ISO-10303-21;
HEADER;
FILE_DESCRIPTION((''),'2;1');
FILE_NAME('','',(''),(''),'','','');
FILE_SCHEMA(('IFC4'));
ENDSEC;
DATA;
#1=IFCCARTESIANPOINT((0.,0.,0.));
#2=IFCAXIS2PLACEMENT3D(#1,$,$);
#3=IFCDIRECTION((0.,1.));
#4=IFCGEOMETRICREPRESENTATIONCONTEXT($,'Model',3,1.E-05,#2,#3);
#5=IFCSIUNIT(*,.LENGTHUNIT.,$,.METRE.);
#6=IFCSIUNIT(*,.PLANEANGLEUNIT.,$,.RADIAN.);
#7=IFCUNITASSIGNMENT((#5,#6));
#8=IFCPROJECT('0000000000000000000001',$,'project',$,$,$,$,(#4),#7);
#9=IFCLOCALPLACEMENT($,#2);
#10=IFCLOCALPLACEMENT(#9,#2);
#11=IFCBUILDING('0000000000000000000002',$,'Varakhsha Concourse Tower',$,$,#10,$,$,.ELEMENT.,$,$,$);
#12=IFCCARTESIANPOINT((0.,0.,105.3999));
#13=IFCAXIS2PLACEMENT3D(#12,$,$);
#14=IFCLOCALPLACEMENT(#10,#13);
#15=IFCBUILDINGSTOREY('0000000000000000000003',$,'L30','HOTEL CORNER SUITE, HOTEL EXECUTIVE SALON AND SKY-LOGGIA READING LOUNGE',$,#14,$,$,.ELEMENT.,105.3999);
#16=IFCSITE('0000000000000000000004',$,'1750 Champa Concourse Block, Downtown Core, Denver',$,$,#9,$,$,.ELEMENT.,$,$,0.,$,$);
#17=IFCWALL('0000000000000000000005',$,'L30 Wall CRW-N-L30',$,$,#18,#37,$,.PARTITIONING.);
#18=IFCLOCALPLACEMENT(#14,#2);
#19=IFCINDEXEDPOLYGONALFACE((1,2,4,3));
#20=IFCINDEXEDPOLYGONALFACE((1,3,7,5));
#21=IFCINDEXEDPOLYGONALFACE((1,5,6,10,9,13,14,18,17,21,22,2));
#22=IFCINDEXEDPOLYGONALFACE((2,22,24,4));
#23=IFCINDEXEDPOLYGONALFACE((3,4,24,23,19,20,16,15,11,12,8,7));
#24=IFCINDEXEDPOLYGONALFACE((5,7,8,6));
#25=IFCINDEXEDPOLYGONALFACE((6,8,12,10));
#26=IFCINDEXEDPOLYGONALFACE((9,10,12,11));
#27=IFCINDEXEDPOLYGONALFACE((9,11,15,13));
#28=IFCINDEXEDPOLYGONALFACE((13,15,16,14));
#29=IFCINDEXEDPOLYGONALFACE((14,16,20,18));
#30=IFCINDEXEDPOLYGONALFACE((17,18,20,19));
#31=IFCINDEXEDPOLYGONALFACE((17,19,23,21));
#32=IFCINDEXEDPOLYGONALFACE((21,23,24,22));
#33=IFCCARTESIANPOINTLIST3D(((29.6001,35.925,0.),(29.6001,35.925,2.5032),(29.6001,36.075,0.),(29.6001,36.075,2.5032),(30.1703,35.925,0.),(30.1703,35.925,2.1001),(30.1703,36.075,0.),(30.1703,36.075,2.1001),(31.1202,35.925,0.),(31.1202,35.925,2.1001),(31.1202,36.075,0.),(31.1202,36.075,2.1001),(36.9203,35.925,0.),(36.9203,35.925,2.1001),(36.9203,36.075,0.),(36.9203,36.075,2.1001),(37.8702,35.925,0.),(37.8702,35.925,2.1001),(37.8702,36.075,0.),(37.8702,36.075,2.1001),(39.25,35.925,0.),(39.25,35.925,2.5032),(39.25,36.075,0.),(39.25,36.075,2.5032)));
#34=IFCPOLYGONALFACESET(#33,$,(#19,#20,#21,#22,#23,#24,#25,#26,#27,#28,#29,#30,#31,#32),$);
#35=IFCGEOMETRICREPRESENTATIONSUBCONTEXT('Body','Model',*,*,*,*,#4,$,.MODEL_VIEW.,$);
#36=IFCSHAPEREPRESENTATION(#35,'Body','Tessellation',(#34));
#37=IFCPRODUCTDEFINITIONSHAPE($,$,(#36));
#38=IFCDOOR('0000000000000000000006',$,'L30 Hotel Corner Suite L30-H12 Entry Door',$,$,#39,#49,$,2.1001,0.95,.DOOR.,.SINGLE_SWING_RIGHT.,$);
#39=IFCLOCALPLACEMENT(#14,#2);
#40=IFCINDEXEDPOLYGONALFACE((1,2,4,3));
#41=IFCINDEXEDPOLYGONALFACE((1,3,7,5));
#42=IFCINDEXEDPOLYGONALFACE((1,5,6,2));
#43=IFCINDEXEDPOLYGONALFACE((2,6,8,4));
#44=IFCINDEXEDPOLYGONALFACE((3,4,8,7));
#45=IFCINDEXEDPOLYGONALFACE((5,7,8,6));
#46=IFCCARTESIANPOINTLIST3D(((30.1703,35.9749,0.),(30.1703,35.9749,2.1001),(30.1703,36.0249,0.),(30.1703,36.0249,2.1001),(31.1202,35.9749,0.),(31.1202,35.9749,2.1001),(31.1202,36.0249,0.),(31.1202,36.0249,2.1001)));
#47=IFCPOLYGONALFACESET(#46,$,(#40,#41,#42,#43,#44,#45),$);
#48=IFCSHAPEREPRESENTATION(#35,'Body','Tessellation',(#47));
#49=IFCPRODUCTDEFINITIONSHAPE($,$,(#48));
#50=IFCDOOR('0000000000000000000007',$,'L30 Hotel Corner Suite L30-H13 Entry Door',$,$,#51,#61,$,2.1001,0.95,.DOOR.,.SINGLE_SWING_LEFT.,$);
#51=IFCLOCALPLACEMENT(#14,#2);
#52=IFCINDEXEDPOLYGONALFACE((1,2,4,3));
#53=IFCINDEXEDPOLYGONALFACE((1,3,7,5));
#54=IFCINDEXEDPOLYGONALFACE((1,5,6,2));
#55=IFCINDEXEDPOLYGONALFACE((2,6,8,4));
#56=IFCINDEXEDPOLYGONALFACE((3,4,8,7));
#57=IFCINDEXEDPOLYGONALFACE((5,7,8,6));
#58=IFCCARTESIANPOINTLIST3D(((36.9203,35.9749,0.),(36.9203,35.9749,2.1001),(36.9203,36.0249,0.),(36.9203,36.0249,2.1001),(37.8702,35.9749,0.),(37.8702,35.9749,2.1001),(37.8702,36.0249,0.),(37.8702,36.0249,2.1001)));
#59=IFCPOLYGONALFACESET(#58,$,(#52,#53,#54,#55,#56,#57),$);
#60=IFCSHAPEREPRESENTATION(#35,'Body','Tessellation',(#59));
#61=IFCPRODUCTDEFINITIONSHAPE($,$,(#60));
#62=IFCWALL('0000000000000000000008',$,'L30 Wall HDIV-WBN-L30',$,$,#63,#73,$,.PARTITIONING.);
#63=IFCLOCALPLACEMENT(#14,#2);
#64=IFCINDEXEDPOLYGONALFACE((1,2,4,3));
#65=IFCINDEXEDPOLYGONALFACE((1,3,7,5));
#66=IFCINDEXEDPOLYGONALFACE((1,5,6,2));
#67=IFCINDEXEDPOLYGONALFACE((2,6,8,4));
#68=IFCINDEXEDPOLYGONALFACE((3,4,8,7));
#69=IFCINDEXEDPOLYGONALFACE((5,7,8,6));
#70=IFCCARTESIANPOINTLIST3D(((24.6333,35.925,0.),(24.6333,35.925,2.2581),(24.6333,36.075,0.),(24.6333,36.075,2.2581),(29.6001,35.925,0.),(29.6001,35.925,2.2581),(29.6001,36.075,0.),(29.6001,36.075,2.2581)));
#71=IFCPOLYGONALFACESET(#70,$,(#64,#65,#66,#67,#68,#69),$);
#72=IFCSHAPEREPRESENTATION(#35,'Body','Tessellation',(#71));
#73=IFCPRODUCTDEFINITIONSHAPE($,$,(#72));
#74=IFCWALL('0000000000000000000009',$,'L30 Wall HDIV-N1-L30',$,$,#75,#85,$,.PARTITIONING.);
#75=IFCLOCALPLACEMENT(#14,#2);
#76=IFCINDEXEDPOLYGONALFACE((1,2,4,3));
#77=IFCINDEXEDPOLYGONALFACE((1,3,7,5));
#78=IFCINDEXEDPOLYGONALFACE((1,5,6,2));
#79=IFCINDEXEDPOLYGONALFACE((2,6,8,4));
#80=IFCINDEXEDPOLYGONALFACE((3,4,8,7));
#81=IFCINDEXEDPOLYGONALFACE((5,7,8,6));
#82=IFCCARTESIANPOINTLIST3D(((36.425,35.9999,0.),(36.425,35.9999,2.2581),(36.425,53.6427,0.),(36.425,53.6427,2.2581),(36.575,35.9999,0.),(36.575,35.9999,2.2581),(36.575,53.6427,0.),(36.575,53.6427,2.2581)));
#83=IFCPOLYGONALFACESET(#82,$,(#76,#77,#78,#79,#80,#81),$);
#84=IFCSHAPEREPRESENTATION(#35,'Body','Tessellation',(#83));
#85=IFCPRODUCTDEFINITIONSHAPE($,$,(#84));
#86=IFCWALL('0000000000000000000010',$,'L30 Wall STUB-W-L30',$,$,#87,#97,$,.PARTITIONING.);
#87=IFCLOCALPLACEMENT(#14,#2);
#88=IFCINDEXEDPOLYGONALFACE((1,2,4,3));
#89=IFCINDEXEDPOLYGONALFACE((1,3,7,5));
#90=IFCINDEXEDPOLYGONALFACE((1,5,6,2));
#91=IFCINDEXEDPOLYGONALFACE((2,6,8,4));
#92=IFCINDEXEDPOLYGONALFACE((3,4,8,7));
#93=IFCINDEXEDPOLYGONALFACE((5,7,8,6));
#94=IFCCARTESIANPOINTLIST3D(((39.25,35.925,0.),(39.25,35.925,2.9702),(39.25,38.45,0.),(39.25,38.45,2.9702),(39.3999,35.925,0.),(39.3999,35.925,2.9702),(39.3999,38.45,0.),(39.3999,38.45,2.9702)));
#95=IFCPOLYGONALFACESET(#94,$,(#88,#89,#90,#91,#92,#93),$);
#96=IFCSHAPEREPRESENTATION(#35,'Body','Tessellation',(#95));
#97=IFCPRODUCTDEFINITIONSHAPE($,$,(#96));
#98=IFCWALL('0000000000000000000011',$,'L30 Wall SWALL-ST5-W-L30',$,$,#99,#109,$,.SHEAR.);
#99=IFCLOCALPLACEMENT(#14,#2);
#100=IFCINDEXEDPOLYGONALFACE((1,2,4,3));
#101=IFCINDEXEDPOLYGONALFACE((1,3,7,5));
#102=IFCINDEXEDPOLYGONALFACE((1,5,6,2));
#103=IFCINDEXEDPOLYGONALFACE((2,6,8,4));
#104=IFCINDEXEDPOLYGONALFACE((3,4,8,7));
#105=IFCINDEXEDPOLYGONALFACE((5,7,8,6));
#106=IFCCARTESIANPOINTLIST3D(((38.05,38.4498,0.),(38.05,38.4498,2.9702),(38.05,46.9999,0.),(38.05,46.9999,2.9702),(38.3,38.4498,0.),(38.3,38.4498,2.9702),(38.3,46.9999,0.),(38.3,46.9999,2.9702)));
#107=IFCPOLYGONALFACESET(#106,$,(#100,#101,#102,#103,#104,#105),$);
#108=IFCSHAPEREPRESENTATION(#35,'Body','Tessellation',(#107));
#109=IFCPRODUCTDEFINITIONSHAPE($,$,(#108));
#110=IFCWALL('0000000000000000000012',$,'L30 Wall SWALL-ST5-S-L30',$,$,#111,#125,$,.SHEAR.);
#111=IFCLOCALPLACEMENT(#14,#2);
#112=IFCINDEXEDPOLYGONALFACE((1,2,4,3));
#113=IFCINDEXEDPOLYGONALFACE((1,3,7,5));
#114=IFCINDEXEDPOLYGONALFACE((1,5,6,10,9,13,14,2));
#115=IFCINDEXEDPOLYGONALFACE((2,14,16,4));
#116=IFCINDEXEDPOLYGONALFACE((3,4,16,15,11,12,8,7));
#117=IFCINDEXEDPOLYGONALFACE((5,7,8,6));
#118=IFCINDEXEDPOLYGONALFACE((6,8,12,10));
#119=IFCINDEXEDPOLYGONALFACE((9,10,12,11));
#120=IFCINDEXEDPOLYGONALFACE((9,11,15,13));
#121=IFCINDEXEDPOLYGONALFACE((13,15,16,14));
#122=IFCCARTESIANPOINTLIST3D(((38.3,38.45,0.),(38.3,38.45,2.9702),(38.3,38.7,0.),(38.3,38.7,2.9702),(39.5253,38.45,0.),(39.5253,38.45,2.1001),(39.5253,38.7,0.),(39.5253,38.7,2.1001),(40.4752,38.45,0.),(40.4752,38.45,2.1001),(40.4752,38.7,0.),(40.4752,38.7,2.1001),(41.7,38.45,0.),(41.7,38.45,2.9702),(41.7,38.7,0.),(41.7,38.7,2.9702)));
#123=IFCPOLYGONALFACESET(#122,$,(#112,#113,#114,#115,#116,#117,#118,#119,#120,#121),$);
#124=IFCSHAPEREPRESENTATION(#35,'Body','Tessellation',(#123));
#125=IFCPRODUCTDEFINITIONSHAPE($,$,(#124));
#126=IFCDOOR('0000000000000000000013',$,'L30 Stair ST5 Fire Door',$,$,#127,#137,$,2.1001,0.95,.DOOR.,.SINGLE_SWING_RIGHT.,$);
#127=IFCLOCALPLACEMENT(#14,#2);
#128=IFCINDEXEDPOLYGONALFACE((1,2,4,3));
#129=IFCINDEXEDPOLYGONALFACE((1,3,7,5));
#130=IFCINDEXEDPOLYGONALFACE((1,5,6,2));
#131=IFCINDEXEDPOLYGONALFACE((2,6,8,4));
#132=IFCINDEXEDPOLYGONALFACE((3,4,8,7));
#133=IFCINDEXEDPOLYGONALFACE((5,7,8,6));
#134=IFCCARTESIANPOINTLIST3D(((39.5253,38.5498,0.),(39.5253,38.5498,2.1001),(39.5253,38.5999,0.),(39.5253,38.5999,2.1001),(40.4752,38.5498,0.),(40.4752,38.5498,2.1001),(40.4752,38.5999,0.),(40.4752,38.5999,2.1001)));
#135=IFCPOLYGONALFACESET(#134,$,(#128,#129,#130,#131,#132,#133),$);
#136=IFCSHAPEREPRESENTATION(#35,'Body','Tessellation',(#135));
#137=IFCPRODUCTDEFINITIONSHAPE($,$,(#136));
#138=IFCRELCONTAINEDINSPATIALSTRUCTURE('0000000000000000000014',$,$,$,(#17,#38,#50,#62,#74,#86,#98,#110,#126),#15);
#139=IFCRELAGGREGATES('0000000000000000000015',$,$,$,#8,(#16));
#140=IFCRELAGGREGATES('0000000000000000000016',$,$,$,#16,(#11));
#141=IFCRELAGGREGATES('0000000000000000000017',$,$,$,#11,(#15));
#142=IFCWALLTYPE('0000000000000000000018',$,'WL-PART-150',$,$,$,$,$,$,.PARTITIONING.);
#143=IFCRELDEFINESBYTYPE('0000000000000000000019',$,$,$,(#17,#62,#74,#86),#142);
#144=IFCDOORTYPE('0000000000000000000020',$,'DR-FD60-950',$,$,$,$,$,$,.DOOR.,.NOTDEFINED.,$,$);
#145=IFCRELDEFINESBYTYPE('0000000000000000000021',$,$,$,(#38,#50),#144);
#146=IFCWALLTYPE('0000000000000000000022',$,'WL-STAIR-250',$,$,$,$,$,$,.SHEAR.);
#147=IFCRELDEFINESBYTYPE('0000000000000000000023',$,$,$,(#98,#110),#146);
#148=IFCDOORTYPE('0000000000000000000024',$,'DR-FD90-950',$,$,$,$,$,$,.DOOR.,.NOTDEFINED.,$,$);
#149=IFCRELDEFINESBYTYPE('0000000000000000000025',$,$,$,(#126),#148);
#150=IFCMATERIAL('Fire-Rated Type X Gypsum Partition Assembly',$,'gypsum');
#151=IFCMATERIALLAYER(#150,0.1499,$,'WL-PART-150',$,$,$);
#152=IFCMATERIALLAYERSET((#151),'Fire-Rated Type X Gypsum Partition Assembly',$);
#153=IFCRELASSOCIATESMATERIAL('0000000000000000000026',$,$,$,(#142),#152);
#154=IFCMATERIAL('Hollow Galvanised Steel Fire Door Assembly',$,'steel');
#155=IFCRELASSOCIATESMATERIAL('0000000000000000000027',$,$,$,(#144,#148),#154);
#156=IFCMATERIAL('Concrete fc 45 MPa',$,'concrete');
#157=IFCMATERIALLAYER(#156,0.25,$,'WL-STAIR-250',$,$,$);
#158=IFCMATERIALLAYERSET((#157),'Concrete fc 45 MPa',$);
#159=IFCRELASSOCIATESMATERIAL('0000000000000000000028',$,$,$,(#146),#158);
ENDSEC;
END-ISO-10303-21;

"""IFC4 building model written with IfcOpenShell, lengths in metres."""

from ifc_helpers import new_model, si_unit, direction, frame, frame_2d, origin, place, context, subcontext, project, spatial, rectangle, extrude, material, layer, layer_set, type_object, element, fill, save


model = new_model("IFC4")

# Units and contexts
model_context = context("Model", 3, precision=1e-05, world=origin(), true_north=direction((0.0, 1.0)))
body_context = subcontext(model_context, "Body", "Model", "MODEL_VIEW")
ifc_project = project(units=[si_unit("LENGTHUNIT", "METRE"), si_unit("PLANEANGLEUNIT", "RADIAN")], contexts=[model_context])

# Site, building, storey
site_placement = place(None, origin())
site = spatial("IfcSite", under=ifc_project, at=site_placement, Name="1750 Champa Concourse Block, Downtown Core, Denver", CompositionType="ELEMENT", RefElevation=0.0)
building_placement = place(site_placement, origin())
building = spatial("IfcBuilding", under=site, at=building_placement, Name="Varakhsha Concourse Tower", CompositionType="ELEMENT")
storey_placement = place(building_placement, frame((0.0, 0.0, 105.3999)))
storey = spatial("IfcBuildingStorey", under=building, at=storey_placement, Name="L30", Description="HOTEL CORNER SUITE, HOTEL EXECUTIVE SALON AND SKY-LOGGIA READING LOUNGE", CompositionType="ELEMENT", Elevation=105.3999)

# Wall, openings, doors
ifc_material_1 = material(Name="Fire-Rated Type X Gypsum Partition Assembly", Category="gypsum")
ifc_layer_1 = layer(ifc_material_1, 0.1499, Name="WL-PART-150")
ifc_layer_set_1 = layer_set([ifc_layer_1], Name="Fire-Rated Type X Gypsum Partition Assembly")
wall_type_1 = type_object("IfcWallType", Name="WL-PART-150", PredefinedType="PARTITIONING", material=ifc_layer_set_1)
ifc_material_2 = material(Name="Hollow Galvanised Steel Fire Door Assembly", Category="steel")
wall_1_placement = place(storey_placement, frame((29.6001, 36.0, 0.0), z_axis=(0.0, 0.0, 1.0), x_axis=(1.0, 0.0, 0.0)))
wall_1 = element("IfcWall", 1, at=wall_1_placement, inside=storey, type_object=wall_type_1, Name="L30 Wall CRW-N-L30", PredefinedType="PARTITIONING", context=body_context, shape_type="SweptSolid", body=[
    extrude(rectangle(XDim=9.6499, YDim=0.1499, at=frame_2d((4.825, 0.0))), origin(), (0.0, 0.0, 1.0), 2.5032),
])
opening_1_placement = place(wall_1_placement, frame((0.5701, 0.0, 0.0)))
opening_1 = element("IfcOpeningElement", 2, at=opening_1_placement, cuts=wall_1, PredefinedType="OPENING", context=body_context, shape_type="SweptSolid", body=[
    extrude(rectangle(XDim=0.95, YDim=2.1001, at=frame_2d((0.4751, 1.05))), frame((0.0, 0.085, 0.0), z_axis=(0.0, -1.0, 0.0), x_axis=(1.0, 0.0, 0.0)), (0.0, 0.0, 1.0), 0.1699),
])
opening_2_placement = place(wall_1_placement, frame((7.3201, 0.0, 0.0)))
opening_2 = element("IfcOpeningElement", 3, at=opening_2_placement, cuts=wall_1, PredefinedType="OPENING", context=body_context, shape_type="SweptSolid", body=[
    extrude(rectangle(XDim=0.95, YDim=2.1001, at=frame_2d((0.4751, 1.05))), frame((0.0, 0.085, 0.0), z_axis=(0.0, -1.0, 0.0), x_axis=(1.0, 0.0, 0.0)), (0.0, 0.0, 1.0), 0.1699),
])
door_type_1 = type_object("IfcDoorType", Name="DR-FD60-950", OperationType="NOTDEFINED", PredefinedType="DOOR", material=ifc_material_2)
door_1_placement = place(opening_1_placement, origin())
door_1 = element("IfcDoor", 4, at=door_1_placement, inside=storey, type_object=door_type_1, Name="L30 Hotel Corner Suite L30-H12 Entry Door", OperationType="SINGLE_SWING_RIGHT", OverallHeight=2.1001, OverallWidth=0.95, PredefinedType="DOOR", context=body_context, shape_type="SweptSolid", body=[
    extrude(rectangle(XDim=0.95, YDim=2.1001, at=frame_2d((0.4751, 1.05))), frame((0.0, 0.0249, 0.0), z_axis=(0.0, -1.0, 0.0), x_axis=(1.0, 0.0, 0.0)), (0.0, 0.0, 1.0), 0.05),
])
fill(opening_1, door_1)
door_2_placement = place(opening_2_placement, origin())
door_2 = element("IfcDoor", 5, at=door_2_placement, inside=storey, type_object=door_type_1, Name="L30 Hotel Corner Suite L30-H13 Entry Door", OperationType="SINGLE_SWING_LEFT", OverallHeight=2.1001, OverallWidth=0.95, PredefinedType="DOOR", context=body_context, shape_type="SweptSolid", body=[
    extrude(rectangle(XDim=0.95, YDim=2.1001, at=frame_2d((0.4751, 1.05))), frame((0.0, 0.0249, 0.0), z_axis=(0.0, -1.0, 0.0), x_axis=(1.0, 0.0, 0.0)), (0.0, 0.0, 1.0), 0.05),
])
fill(opening_2, door_2)

# Walls
wall_2_placement = place(storey_placement, frame((24.6333, 36.0, 0.0), z_axis=(0.0, 0.0, 1.0), x_axis=(1.0, 0.0, 0.0)))
element("IfcWall", 6, at=wall_2_placement, inside=storey, type_object=wall_type_1, Name="L30 Wall HDIV-WBN-L30", PredefinedType="PARTITIONING", context=body_context, shape_type="SweptSolid", body=[
    extrude(rectangle(XDim=4.9668, YDim=0.1499, at=frame_2d((2.4834, 0.0))), origin(), (0.0, 0.0, 1.0), 2.2581),
])
wall_3_placement = place(storey_placement, frame((36.5, 36.0, 0.0), z_axis=(0.0, 0.0, 1.0), x_axis=(0.0, 1.0, 0.0)))
element("IfcWall", 7, at=wall_3_placement, inside=storey, type_object=wall_type_1, Name="L30 Wall HDIV-N1-L30", PredefinedType="PARTITIONING", context=body_context, shape_type="SweptSolid", body=[
    extrude(rectangle(XDim=17.6428, YDim=0.1499, at=frame_2d((8.8213, 0.0))), origin(), (0.0, 0.0, 1.0), 2.2581),
])
wall_4_placement = place(storey_placement, frame((39.325, 35.925, 0.0), z_axis=(0.0, 0.0, 1.0), x_axis=(0.0, 1.0, 0.0)))
element("IfcWall", 8, at=wall_4_placement, inside=storey, type_object=wall_type_1, Name="L30 Wall STUB-W-L30", PredefinedType="PARTITIONING", context=body_context, shape_type="SweptSolid", body=[
    extrude(rectangle(XDim=2.5249, YDim=0.1499, at=frame_2d((1.2625, 0.0))), origin(), (0.0, 0.0, 1.0), 2.9702),
])
ifc_material_3 = material(Name="Concrete fc 45 MPa", Category="concrete")
ifc_layer_2 = layer(ifc_material_3, 0.25, Name="WL-STAIR-250")
ifc_layer_set_2 = layer_set([ifc_layer_2], Name="Concrete fc 45 MPa")
wall_type_2 = type_object("IfcWallType", Name="WL-STAIR-250", PredefinedType="SHEAR", material=ifc_layer_set_2)
wall_5_placement = place(storey_placement, frame((38.175, 38.45, 0.0), z_axis=(0.0, 0.0, 1.0), x_axis=(0.0, 1.0, 0.0)))
element("IfcWall", 9, at=wall_5_placement, inside=storey, type_object=wall_type_2, Name="L30 Wall SWALL-ST5-W-L30", PredefinedType="SHEAR", context=body_context, shape_type="SweptSolid", body=[
    extrude(rectangle(XDim=8.55, YDim=0.25, at=frame_2d((4.2749, 0.0))), origin(), (0.0, 0.0, 1.0), 2.9702),
])

# Wall, opening, door
wall_6_placement = place(storey_placement, frame((38.3, 38.575, 0.0), z_axis=(0.0, 0.0, 1.0), x_axis=(1.0, 0.0, 0.0)))
wall_6 = element("IfcWall", 10, at=wall_6_placement, inside=storey, type_object=wall_type_2, Name="L30 Wall SWALL-ST5-S-L30", PredefinedType="SHEAR", context=body_context, shape_type="SweptSolid", body=[
    extrude(rectangle(XDim=3.3999, YDim=0.25, at=frame_2d((1.7, 0.0))), origin(), (0.0, 0.0, 1.0), 2.9702),
])
opening_3_placement = place(wall_6_placement, frame((1.2251, 0.0, 0.0)))
opening_3 = element("IfcOpeningElement", 11, at=opening_3_placement, cuts=wall_6, PredefinedType="OPENING", context=body_context, shape_type="SweptSolid", body=[
    extrude(rectangle(XDim=0.95, YDim=2.1001, at=frame_2d((0.4751, 1.05))), frame((0.0, 0.135, 0.0), z_axis=(0.0, -1.0, 0.0), x_axis=(1.0, 0.0, 0.0)), (0.0, 0.0, 1.0), 0.27),
])
door_type_2 = type_object("IfcDoorType", Name="DR-FD90-950", OperationType="NOTDEFINED", PredefinedType="DOOR", material=ifc_material_2)
door_3_placement = place(opening_3_placement, origin())
door_3 = element("IfcDoor", 12, at=door_3_placement, inside=storey, type_object=door_type_2, Name="L30 Stair ST5 Fire Door", OperationType="SINGLE_SWING_RIGHT", OverallHeight=2.1001, OverallWidth=0.95, PredefinedType="DOOR", context=body_context, shape_type="SweptSolid", body=[
    extrude(rectangle(XDim=0.95, YDim=2.1001, at=frame_2d((0.4751, 1.05))), frame((0.0, 0.0249, 0.0), z_axis=(0.0, -1.0, 0.0), x_axis=(1.0, 0.0, 0.0)), (0.0, 0.0, 1.0), 0.05),
])
fill(opening_3, door_3)

save(model, "model.ifc")
